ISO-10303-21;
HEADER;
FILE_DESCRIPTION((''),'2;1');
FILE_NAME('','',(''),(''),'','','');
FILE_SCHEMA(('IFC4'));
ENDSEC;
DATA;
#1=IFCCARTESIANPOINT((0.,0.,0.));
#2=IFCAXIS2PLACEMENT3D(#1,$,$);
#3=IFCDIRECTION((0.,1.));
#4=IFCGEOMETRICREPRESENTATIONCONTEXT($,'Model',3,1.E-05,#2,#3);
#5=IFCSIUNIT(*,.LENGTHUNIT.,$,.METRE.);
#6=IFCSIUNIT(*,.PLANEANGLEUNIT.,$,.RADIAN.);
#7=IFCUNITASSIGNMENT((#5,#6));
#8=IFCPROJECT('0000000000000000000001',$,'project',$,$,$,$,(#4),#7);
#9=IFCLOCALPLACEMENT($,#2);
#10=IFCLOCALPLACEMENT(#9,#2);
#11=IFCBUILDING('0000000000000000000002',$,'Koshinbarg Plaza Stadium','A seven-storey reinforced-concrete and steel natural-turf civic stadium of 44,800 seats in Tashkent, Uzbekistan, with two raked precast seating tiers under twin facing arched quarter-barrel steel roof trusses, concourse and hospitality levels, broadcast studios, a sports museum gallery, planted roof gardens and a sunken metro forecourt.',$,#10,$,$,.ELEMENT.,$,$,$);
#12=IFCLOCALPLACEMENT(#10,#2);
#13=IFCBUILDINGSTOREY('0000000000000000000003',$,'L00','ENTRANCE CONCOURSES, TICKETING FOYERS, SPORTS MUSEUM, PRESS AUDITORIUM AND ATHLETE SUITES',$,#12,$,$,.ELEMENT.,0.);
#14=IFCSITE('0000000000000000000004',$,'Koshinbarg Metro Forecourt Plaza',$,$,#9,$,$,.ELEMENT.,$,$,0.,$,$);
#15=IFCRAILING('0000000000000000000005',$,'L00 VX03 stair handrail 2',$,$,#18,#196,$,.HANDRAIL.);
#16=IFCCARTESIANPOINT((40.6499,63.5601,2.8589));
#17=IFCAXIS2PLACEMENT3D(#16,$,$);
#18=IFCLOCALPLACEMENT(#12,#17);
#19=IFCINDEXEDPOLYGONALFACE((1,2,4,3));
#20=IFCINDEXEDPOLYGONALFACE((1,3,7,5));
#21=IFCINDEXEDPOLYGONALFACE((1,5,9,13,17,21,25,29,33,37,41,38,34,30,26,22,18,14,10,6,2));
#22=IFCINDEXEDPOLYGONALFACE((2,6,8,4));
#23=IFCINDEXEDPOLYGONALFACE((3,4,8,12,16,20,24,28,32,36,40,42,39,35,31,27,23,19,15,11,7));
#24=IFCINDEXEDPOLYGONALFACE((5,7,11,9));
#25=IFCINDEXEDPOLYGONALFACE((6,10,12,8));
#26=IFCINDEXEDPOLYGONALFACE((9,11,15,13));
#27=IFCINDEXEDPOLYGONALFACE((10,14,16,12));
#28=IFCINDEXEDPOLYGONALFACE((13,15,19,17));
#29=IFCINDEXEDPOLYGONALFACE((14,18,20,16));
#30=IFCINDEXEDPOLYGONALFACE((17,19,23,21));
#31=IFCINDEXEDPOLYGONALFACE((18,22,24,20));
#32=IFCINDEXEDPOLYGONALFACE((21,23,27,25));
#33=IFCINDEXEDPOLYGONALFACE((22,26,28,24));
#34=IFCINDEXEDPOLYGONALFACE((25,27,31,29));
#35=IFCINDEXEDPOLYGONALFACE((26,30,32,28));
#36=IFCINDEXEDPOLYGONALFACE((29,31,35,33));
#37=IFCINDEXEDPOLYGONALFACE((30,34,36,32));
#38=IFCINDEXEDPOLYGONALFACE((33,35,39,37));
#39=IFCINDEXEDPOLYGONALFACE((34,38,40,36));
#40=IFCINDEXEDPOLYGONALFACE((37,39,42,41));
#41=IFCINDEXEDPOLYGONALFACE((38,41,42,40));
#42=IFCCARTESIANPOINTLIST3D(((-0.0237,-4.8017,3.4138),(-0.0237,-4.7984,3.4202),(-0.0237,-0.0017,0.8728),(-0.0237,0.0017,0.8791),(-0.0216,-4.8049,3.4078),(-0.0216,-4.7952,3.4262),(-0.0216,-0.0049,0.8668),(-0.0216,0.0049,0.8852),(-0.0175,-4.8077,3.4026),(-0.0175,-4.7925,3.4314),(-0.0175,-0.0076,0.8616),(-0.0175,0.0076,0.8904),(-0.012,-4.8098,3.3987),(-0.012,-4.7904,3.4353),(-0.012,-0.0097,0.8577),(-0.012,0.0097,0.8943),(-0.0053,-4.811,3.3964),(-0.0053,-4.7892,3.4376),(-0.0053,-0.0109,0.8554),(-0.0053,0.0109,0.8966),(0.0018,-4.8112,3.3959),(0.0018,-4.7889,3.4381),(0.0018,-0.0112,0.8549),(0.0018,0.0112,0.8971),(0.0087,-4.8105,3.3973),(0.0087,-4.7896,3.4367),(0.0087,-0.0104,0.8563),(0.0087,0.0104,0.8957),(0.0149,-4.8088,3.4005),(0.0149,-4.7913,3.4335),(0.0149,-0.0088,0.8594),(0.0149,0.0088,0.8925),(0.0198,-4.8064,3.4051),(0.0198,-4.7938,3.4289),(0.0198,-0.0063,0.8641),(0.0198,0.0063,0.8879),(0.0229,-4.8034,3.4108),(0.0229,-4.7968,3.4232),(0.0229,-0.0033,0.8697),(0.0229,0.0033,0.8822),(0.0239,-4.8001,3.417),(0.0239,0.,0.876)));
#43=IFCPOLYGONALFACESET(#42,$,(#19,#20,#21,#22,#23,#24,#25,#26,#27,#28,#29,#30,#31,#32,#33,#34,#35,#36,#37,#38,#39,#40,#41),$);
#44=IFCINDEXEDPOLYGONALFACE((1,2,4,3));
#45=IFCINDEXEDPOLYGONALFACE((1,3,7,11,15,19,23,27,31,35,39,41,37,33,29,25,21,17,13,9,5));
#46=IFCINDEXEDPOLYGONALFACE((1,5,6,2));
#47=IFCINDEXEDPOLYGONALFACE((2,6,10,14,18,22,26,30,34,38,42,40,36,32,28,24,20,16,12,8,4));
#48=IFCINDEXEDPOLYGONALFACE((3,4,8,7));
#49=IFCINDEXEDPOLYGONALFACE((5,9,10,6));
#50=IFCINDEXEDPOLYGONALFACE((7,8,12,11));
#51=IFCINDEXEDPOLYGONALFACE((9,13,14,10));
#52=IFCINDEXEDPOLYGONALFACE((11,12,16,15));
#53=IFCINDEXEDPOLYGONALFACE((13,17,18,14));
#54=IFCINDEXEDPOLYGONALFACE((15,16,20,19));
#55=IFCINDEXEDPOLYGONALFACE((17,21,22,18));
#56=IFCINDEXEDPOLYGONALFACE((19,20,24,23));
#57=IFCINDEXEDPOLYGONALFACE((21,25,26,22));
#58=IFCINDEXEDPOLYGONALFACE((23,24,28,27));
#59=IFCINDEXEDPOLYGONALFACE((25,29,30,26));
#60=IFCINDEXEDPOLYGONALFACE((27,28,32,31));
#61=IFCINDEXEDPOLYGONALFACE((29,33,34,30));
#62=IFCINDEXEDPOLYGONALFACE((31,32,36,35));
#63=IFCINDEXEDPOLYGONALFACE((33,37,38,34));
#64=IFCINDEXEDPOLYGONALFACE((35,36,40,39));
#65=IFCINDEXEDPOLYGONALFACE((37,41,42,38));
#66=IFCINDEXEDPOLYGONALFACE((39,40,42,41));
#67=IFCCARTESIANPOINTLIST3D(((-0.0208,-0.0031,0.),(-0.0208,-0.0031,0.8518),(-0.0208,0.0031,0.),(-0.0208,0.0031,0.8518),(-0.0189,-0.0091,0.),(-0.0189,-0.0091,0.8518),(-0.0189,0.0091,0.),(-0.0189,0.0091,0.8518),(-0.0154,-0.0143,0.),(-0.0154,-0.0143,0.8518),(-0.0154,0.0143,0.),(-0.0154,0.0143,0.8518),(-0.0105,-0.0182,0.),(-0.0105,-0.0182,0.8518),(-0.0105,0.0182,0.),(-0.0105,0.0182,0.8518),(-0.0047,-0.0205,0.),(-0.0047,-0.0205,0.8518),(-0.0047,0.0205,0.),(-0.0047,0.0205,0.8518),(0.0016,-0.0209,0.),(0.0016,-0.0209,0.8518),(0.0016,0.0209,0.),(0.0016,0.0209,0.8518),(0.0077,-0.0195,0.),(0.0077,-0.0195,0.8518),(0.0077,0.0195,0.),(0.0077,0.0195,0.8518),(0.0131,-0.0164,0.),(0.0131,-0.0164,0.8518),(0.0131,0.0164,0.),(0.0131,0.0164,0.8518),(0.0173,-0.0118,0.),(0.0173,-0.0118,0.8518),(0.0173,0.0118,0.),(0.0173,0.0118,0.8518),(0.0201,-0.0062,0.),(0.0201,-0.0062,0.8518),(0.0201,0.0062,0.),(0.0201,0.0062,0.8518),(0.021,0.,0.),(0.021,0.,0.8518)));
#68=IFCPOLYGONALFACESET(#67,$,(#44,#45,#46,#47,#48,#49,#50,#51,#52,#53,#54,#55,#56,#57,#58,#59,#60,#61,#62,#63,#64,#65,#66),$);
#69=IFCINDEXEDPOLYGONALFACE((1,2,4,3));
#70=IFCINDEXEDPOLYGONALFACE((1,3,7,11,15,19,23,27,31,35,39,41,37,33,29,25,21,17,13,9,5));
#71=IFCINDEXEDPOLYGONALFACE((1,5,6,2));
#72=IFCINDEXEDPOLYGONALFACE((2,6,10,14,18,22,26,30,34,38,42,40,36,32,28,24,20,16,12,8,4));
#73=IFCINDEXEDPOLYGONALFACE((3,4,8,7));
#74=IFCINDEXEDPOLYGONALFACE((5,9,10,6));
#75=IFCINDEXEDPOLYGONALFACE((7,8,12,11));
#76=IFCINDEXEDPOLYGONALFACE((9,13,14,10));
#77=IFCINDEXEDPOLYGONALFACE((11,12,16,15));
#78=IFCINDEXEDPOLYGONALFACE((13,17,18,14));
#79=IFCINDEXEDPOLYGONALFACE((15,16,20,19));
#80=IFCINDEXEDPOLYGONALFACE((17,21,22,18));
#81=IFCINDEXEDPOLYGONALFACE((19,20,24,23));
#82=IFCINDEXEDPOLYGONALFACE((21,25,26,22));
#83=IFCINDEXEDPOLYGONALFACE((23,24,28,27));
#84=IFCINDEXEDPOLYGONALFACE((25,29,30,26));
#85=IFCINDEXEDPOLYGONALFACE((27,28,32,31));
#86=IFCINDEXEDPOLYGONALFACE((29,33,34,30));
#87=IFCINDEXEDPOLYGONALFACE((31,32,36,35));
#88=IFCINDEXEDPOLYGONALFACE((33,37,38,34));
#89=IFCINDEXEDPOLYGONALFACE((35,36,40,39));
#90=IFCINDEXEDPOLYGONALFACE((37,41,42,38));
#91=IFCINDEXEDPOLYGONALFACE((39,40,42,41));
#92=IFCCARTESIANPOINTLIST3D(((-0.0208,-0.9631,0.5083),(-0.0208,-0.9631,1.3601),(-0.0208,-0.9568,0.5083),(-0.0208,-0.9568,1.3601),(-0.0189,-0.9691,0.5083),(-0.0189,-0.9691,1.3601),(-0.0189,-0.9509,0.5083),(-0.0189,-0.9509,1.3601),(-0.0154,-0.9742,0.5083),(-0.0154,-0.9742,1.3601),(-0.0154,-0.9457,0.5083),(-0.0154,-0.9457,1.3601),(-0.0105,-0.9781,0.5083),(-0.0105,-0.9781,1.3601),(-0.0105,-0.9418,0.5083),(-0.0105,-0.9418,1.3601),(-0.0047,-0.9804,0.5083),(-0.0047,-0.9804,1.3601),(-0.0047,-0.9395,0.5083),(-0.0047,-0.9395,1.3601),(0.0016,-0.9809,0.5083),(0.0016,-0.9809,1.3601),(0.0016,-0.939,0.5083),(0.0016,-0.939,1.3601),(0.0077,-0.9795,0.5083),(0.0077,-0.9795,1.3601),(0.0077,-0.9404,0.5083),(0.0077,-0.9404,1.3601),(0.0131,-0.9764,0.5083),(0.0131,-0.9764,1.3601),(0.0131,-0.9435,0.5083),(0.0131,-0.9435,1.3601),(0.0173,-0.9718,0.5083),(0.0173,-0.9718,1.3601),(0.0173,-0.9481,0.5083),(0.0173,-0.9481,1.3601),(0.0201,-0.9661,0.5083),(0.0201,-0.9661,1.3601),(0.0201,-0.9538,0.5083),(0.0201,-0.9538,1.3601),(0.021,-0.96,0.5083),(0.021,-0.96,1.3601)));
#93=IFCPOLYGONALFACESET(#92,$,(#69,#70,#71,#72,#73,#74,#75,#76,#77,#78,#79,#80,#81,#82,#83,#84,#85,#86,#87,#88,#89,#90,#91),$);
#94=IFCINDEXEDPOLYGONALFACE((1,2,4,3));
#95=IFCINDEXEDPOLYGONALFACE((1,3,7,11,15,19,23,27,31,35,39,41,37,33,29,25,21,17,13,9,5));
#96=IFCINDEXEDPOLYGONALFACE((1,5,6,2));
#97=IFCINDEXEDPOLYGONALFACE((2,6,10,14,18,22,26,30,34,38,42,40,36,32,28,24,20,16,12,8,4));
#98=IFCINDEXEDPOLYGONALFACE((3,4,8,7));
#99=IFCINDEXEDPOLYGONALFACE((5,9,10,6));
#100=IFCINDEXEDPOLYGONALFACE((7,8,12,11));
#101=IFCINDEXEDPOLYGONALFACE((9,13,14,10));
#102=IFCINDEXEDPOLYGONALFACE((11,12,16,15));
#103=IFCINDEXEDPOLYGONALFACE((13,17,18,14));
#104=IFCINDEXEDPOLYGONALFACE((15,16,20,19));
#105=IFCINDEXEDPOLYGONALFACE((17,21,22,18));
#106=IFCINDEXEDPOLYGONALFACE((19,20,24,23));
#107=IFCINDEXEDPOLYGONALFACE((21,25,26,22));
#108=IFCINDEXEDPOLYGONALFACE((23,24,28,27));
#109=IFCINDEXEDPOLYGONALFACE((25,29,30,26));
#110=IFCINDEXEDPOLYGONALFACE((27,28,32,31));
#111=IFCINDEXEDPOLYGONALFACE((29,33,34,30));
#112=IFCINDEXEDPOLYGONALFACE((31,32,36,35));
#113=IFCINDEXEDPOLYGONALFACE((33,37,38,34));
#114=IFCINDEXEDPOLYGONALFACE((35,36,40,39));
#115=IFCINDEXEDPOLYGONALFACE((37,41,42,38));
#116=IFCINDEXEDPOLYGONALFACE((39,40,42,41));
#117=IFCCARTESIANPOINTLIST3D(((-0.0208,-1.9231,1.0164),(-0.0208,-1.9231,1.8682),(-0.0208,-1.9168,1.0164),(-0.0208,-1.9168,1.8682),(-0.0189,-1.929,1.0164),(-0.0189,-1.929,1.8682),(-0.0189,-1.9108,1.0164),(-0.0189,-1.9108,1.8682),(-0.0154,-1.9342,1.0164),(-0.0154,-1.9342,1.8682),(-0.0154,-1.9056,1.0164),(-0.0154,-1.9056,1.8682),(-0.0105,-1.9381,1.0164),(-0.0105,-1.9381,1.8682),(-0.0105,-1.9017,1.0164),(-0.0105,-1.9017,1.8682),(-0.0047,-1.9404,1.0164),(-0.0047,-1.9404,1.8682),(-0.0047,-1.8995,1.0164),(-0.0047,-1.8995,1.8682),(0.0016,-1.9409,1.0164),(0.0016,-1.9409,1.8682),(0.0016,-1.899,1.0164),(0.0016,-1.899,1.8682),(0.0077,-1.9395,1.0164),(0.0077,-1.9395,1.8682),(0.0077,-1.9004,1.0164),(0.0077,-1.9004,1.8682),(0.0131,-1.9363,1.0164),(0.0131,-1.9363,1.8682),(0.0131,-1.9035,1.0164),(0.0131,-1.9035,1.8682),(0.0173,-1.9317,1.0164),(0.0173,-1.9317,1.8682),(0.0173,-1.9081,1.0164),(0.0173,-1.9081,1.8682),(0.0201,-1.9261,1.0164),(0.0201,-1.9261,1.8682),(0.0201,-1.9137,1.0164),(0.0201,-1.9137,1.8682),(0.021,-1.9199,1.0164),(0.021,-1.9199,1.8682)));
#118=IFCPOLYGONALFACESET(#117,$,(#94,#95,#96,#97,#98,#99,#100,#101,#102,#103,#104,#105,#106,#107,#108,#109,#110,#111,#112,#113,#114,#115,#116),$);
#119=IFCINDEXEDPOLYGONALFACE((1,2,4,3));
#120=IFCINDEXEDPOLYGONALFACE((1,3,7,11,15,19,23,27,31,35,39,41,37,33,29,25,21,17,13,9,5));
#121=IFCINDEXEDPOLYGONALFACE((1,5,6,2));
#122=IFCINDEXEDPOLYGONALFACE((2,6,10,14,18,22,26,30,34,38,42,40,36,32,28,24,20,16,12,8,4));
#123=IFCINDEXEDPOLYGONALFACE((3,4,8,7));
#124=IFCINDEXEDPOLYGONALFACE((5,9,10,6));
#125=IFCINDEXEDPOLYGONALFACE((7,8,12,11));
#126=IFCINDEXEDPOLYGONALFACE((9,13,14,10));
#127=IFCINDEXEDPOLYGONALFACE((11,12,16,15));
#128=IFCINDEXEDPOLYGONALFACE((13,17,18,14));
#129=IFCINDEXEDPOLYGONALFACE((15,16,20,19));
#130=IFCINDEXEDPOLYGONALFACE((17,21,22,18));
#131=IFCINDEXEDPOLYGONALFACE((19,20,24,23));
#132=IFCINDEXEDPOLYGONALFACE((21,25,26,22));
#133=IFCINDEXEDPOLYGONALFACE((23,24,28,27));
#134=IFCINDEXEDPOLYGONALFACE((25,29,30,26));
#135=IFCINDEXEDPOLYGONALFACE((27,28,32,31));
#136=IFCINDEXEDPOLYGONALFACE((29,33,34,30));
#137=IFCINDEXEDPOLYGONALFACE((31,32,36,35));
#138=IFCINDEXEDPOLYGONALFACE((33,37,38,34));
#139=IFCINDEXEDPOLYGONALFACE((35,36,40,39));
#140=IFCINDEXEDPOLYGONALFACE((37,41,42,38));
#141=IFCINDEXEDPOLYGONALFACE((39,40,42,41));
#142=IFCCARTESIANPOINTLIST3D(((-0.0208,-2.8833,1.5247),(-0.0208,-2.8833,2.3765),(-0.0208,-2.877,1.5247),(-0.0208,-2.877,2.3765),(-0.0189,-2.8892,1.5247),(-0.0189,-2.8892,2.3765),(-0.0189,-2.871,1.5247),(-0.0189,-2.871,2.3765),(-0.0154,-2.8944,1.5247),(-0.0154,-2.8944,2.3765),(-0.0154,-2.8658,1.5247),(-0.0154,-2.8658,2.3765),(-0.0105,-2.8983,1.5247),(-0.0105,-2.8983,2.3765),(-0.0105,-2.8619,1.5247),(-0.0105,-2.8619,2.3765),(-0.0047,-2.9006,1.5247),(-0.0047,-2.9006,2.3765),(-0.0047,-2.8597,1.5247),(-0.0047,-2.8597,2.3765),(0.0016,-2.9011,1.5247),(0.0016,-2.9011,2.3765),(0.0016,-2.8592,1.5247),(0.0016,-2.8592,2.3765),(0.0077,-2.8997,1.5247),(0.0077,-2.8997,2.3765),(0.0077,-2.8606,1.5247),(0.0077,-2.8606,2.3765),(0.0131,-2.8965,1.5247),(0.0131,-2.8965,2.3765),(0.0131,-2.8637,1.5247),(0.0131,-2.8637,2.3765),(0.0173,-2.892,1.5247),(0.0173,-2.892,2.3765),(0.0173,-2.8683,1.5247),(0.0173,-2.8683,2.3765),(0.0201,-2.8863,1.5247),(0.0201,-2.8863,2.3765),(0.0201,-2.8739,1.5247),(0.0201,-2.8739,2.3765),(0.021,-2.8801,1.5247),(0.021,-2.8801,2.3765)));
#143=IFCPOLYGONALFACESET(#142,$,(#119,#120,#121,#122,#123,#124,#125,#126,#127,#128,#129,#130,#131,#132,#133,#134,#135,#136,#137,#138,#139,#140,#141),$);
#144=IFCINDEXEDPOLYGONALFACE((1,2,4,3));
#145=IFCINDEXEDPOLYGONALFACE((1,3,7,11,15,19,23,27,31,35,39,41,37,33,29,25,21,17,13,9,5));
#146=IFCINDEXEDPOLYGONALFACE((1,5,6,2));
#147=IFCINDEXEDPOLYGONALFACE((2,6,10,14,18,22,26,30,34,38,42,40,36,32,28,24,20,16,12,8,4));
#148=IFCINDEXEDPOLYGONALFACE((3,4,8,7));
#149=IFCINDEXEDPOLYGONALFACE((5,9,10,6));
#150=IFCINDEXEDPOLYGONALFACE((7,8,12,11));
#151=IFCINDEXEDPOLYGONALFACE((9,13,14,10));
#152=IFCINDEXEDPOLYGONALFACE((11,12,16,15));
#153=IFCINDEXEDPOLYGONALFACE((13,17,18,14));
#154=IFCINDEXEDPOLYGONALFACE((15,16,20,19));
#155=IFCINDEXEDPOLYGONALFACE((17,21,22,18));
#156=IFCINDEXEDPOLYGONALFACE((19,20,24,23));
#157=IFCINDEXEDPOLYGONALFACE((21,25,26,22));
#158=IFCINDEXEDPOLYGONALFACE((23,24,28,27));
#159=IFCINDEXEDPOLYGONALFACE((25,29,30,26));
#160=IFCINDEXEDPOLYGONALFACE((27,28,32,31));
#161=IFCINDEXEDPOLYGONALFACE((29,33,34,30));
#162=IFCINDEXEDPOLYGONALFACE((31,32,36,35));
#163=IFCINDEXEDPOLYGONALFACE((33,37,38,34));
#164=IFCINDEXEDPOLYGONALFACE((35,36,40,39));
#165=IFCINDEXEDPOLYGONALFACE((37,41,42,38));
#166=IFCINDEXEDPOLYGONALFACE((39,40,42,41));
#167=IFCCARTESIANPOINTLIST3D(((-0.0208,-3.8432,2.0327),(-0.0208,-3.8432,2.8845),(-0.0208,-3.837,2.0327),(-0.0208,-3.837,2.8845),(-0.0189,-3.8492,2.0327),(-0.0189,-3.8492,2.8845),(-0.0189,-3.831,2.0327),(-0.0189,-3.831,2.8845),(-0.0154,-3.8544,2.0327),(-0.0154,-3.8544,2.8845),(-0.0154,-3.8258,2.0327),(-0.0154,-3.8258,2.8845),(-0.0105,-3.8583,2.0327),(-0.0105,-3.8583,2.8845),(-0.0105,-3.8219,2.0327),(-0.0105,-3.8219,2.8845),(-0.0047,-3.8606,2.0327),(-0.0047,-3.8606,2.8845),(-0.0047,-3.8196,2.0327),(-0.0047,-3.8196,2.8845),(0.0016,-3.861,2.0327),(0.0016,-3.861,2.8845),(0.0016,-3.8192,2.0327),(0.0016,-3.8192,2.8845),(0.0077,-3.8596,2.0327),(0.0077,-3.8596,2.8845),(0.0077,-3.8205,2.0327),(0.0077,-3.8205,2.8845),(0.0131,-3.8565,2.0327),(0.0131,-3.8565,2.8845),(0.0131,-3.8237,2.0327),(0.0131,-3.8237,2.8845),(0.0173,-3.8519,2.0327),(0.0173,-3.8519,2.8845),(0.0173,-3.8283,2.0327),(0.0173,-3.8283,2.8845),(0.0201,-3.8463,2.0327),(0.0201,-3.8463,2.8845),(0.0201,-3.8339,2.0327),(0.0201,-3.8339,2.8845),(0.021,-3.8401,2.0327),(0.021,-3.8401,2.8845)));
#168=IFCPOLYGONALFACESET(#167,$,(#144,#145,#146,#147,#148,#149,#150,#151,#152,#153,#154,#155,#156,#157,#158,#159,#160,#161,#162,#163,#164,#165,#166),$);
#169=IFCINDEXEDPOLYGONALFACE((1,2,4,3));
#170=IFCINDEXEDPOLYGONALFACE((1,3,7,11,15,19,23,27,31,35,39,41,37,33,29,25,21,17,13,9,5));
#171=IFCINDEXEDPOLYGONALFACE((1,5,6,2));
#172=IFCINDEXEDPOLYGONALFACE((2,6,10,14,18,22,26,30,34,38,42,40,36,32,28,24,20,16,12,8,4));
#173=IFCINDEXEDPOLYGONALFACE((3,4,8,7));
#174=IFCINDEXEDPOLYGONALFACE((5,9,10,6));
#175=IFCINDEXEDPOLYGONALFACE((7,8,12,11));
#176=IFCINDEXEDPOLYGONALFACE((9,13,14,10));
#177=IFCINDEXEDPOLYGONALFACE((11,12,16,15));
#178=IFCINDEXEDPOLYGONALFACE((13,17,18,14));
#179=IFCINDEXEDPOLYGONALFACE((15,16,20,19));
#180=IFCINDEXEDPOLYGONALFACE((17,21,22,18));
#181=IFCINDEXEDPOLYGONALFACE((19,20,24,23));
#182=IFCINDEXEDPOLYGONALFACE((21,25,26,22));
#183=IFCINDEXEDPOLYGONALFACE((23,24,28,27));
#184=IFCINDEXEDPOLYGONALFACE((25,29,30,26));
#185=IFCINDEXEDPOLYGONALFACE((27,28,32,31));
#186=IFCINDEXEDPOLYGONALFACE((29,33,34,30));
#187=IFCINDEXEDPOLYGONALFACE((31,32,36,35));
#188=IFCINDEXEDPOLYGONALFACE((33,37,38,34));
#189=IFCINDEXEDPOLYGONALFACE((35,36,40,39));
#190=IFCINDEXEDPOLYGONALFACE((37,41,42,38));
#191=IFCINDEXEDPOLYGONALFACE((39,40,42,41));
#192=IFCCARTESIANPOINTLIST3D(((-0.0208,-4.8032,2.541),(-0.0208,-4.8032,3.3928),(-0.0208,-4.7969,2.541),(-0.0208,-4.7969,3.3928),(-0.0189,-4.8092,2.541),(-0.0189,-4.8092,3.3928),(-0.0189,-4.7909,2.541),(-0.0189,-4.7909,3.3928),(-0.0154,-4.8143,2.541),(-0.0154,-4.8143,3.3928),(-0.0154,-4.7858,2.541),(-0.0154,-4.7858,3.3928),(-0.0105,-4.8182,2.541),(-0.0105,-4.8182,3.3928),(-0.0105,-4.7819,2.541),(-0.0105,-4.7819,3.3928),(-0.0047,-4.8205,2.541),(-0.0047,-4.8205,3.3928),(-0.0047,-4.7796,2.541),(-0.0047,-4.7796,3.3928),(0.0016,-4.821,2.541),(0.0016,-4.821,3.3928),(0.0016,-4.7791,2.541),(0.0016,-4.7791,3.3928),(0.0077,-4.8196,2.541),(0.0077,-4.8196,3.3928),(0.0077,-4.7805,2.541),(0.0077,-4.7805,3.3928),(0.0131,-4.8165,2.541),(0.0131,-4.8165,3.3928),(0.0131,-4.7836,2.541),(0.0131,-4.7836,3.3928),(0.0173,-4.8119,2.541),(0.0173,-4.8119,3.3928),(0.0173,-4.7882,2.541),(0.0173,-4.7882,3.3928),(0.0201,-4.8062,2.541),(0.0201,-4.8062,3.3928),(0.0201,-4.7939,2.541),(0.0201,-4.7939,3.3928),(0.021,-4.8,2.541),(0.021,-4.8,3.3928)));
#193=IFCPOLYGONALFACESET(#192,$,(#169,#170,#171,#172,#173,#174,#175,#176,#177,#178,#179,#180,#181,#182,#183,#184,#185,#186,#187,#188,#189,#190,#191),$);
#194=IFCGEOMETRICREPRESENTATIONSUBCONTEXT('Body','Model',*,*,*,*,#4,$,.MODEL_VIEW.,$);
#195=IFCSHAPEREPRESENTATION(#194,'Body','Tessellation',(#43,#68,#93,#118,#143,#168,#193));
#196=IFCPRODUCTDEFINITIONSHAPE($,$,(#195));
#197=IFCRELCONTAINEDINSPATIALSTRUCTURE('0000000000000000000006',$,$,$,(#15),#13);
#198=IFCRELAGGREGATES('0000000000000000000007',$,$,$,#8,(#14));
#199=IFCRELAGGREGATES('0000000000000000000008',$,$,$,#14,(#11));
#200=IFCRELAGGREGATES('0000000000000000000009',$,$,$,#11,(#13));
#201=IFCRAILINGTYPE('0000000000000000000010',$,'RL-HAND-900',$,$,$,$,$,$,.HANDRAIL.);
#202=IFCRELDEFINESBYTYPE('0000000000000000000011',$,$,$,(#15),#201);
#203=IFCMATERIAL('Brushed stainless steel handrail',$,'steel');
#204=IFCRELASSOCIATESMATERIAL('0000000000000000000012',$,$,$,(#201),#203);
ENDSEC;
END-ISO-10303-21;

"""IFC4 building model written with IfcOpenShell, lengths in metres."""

from ifc_helpers import new_model, si_unit, direction, frame, origin, origin_2d, place, context, subcontext, project, spatial, circle, extrude, material, type_object, element, save


model = new_model("IFC4")

# Units and contexts
model_context = context("Model", 3, precision=1e-05, world=origin(), true_north=direction((0.0, 1.0)))
body_context = subcontext(model_context, "Body", "Model", "MODEL_VIEW")
ifc_project = project(units=[si_unit("LENGTHUNIT", "METRE"), si_unit("PLANEANGLEUNIT", "RADIAN")], contexts=[model_context])

# Site, building, storey
site_placement = place(None, origin())
site = spatial("IfcSite", under=ifc_project, at=site_placement, Name="Koshinbarg Metro Forecourt Plaza", CompositionType="ELEMENT", RefElevation=0.0)
building_placement = place(site_placement, origin())
building = spatial("IfcBuilding", under=site, at=building_placement, Name="Koshinbarg Plaza Stadium", Description="A seven-storey reinforced-concrete and steel natural-turf civic stadium of 44,800 seats in Tashkent, Uzbekistan, with two raked precast seating tiers under twin facing arched quarter-barrel steel roof trusses, concourse and hospitality levels, broadcast studios, a sports museum gallery, planted roof gardens and a sunken metro forecourt.", CompositionType="ELEMENT")
storey_placement = place(building_placement, origin())
storey = spatial("IfcBuildingStorey", under=building, at=storey_placement, Name="L00", Description="ENTRANCE CONCOURSES, TICKETING FOYERS, SPORTS MUSEUM, PRESS AUDITORIUM AND ATHLETE SUITES", CompositionType="ELEMENT", Elevation=0.0)

# Railing
ifc_material_1 = material(Name="Brushed stainless steel handrail", Category="steel")
railing_type_1 = type_object("IfcRailingType", Name="RL-HAND-900", PredefinedType="HANDRAIL", material=ifc_material_1)
railing_1_placement = place(storey_placement, frame((40.6499, 63.5601, 2.8589)))
element("IfcRailing", 1, at=railing_1_placement, inside=storey, type_object=railing_type_1, Name="L00 VX03 stair handrail 2", PredefinedType="HANDRAIL", context=body_context, shape_type="SweptSolid", body=[
    extrude(circle(Radius=0.0239, at=origin_2d()), frame((0.0, 0.0, 0.876), z_axis=(0.0, -0.883802, 0.467861), x_axis=(1.0, 0.0, 0.0)), (0.0, 0.0, 1.0), 5.4312),
    extrude(circle(Radius=0.021, at=origin_2d()), origin(), (0.0, 0.0, 1.0), 0.8518),
    extrude(circle(Radius=0.021, at=origin_2d()), frame((0.0, -0.96, 0.5083)), (0.0, 0.0, 1.0), 0.8518),
    extrude(circle(Radius=0.021, at=origin_2d()), frame((0.0, -1.9199, 1.0164)), (0.0, 0.0, 1.0), 0.8518),
    extrude(circle(Radius=0.021, at=origin_2d()), frame((0.0, -2.8801, 1.5247)), (0.0, 0.0, 1.0), 0.8518),
    extrude(circle(Radius=0.021, at=origin_2d()), frame((0.0, -3.8401, 2.0327)), (0.0, 0.0, 1.0), 0.8518),
    extrude(circle(Radius=0.021, at=origin_2d()), frame((0.0, -4.8, 2.541)), (0.0, 0.0, 1.0), 0.8518),
])

save(model, "model.ifc")
